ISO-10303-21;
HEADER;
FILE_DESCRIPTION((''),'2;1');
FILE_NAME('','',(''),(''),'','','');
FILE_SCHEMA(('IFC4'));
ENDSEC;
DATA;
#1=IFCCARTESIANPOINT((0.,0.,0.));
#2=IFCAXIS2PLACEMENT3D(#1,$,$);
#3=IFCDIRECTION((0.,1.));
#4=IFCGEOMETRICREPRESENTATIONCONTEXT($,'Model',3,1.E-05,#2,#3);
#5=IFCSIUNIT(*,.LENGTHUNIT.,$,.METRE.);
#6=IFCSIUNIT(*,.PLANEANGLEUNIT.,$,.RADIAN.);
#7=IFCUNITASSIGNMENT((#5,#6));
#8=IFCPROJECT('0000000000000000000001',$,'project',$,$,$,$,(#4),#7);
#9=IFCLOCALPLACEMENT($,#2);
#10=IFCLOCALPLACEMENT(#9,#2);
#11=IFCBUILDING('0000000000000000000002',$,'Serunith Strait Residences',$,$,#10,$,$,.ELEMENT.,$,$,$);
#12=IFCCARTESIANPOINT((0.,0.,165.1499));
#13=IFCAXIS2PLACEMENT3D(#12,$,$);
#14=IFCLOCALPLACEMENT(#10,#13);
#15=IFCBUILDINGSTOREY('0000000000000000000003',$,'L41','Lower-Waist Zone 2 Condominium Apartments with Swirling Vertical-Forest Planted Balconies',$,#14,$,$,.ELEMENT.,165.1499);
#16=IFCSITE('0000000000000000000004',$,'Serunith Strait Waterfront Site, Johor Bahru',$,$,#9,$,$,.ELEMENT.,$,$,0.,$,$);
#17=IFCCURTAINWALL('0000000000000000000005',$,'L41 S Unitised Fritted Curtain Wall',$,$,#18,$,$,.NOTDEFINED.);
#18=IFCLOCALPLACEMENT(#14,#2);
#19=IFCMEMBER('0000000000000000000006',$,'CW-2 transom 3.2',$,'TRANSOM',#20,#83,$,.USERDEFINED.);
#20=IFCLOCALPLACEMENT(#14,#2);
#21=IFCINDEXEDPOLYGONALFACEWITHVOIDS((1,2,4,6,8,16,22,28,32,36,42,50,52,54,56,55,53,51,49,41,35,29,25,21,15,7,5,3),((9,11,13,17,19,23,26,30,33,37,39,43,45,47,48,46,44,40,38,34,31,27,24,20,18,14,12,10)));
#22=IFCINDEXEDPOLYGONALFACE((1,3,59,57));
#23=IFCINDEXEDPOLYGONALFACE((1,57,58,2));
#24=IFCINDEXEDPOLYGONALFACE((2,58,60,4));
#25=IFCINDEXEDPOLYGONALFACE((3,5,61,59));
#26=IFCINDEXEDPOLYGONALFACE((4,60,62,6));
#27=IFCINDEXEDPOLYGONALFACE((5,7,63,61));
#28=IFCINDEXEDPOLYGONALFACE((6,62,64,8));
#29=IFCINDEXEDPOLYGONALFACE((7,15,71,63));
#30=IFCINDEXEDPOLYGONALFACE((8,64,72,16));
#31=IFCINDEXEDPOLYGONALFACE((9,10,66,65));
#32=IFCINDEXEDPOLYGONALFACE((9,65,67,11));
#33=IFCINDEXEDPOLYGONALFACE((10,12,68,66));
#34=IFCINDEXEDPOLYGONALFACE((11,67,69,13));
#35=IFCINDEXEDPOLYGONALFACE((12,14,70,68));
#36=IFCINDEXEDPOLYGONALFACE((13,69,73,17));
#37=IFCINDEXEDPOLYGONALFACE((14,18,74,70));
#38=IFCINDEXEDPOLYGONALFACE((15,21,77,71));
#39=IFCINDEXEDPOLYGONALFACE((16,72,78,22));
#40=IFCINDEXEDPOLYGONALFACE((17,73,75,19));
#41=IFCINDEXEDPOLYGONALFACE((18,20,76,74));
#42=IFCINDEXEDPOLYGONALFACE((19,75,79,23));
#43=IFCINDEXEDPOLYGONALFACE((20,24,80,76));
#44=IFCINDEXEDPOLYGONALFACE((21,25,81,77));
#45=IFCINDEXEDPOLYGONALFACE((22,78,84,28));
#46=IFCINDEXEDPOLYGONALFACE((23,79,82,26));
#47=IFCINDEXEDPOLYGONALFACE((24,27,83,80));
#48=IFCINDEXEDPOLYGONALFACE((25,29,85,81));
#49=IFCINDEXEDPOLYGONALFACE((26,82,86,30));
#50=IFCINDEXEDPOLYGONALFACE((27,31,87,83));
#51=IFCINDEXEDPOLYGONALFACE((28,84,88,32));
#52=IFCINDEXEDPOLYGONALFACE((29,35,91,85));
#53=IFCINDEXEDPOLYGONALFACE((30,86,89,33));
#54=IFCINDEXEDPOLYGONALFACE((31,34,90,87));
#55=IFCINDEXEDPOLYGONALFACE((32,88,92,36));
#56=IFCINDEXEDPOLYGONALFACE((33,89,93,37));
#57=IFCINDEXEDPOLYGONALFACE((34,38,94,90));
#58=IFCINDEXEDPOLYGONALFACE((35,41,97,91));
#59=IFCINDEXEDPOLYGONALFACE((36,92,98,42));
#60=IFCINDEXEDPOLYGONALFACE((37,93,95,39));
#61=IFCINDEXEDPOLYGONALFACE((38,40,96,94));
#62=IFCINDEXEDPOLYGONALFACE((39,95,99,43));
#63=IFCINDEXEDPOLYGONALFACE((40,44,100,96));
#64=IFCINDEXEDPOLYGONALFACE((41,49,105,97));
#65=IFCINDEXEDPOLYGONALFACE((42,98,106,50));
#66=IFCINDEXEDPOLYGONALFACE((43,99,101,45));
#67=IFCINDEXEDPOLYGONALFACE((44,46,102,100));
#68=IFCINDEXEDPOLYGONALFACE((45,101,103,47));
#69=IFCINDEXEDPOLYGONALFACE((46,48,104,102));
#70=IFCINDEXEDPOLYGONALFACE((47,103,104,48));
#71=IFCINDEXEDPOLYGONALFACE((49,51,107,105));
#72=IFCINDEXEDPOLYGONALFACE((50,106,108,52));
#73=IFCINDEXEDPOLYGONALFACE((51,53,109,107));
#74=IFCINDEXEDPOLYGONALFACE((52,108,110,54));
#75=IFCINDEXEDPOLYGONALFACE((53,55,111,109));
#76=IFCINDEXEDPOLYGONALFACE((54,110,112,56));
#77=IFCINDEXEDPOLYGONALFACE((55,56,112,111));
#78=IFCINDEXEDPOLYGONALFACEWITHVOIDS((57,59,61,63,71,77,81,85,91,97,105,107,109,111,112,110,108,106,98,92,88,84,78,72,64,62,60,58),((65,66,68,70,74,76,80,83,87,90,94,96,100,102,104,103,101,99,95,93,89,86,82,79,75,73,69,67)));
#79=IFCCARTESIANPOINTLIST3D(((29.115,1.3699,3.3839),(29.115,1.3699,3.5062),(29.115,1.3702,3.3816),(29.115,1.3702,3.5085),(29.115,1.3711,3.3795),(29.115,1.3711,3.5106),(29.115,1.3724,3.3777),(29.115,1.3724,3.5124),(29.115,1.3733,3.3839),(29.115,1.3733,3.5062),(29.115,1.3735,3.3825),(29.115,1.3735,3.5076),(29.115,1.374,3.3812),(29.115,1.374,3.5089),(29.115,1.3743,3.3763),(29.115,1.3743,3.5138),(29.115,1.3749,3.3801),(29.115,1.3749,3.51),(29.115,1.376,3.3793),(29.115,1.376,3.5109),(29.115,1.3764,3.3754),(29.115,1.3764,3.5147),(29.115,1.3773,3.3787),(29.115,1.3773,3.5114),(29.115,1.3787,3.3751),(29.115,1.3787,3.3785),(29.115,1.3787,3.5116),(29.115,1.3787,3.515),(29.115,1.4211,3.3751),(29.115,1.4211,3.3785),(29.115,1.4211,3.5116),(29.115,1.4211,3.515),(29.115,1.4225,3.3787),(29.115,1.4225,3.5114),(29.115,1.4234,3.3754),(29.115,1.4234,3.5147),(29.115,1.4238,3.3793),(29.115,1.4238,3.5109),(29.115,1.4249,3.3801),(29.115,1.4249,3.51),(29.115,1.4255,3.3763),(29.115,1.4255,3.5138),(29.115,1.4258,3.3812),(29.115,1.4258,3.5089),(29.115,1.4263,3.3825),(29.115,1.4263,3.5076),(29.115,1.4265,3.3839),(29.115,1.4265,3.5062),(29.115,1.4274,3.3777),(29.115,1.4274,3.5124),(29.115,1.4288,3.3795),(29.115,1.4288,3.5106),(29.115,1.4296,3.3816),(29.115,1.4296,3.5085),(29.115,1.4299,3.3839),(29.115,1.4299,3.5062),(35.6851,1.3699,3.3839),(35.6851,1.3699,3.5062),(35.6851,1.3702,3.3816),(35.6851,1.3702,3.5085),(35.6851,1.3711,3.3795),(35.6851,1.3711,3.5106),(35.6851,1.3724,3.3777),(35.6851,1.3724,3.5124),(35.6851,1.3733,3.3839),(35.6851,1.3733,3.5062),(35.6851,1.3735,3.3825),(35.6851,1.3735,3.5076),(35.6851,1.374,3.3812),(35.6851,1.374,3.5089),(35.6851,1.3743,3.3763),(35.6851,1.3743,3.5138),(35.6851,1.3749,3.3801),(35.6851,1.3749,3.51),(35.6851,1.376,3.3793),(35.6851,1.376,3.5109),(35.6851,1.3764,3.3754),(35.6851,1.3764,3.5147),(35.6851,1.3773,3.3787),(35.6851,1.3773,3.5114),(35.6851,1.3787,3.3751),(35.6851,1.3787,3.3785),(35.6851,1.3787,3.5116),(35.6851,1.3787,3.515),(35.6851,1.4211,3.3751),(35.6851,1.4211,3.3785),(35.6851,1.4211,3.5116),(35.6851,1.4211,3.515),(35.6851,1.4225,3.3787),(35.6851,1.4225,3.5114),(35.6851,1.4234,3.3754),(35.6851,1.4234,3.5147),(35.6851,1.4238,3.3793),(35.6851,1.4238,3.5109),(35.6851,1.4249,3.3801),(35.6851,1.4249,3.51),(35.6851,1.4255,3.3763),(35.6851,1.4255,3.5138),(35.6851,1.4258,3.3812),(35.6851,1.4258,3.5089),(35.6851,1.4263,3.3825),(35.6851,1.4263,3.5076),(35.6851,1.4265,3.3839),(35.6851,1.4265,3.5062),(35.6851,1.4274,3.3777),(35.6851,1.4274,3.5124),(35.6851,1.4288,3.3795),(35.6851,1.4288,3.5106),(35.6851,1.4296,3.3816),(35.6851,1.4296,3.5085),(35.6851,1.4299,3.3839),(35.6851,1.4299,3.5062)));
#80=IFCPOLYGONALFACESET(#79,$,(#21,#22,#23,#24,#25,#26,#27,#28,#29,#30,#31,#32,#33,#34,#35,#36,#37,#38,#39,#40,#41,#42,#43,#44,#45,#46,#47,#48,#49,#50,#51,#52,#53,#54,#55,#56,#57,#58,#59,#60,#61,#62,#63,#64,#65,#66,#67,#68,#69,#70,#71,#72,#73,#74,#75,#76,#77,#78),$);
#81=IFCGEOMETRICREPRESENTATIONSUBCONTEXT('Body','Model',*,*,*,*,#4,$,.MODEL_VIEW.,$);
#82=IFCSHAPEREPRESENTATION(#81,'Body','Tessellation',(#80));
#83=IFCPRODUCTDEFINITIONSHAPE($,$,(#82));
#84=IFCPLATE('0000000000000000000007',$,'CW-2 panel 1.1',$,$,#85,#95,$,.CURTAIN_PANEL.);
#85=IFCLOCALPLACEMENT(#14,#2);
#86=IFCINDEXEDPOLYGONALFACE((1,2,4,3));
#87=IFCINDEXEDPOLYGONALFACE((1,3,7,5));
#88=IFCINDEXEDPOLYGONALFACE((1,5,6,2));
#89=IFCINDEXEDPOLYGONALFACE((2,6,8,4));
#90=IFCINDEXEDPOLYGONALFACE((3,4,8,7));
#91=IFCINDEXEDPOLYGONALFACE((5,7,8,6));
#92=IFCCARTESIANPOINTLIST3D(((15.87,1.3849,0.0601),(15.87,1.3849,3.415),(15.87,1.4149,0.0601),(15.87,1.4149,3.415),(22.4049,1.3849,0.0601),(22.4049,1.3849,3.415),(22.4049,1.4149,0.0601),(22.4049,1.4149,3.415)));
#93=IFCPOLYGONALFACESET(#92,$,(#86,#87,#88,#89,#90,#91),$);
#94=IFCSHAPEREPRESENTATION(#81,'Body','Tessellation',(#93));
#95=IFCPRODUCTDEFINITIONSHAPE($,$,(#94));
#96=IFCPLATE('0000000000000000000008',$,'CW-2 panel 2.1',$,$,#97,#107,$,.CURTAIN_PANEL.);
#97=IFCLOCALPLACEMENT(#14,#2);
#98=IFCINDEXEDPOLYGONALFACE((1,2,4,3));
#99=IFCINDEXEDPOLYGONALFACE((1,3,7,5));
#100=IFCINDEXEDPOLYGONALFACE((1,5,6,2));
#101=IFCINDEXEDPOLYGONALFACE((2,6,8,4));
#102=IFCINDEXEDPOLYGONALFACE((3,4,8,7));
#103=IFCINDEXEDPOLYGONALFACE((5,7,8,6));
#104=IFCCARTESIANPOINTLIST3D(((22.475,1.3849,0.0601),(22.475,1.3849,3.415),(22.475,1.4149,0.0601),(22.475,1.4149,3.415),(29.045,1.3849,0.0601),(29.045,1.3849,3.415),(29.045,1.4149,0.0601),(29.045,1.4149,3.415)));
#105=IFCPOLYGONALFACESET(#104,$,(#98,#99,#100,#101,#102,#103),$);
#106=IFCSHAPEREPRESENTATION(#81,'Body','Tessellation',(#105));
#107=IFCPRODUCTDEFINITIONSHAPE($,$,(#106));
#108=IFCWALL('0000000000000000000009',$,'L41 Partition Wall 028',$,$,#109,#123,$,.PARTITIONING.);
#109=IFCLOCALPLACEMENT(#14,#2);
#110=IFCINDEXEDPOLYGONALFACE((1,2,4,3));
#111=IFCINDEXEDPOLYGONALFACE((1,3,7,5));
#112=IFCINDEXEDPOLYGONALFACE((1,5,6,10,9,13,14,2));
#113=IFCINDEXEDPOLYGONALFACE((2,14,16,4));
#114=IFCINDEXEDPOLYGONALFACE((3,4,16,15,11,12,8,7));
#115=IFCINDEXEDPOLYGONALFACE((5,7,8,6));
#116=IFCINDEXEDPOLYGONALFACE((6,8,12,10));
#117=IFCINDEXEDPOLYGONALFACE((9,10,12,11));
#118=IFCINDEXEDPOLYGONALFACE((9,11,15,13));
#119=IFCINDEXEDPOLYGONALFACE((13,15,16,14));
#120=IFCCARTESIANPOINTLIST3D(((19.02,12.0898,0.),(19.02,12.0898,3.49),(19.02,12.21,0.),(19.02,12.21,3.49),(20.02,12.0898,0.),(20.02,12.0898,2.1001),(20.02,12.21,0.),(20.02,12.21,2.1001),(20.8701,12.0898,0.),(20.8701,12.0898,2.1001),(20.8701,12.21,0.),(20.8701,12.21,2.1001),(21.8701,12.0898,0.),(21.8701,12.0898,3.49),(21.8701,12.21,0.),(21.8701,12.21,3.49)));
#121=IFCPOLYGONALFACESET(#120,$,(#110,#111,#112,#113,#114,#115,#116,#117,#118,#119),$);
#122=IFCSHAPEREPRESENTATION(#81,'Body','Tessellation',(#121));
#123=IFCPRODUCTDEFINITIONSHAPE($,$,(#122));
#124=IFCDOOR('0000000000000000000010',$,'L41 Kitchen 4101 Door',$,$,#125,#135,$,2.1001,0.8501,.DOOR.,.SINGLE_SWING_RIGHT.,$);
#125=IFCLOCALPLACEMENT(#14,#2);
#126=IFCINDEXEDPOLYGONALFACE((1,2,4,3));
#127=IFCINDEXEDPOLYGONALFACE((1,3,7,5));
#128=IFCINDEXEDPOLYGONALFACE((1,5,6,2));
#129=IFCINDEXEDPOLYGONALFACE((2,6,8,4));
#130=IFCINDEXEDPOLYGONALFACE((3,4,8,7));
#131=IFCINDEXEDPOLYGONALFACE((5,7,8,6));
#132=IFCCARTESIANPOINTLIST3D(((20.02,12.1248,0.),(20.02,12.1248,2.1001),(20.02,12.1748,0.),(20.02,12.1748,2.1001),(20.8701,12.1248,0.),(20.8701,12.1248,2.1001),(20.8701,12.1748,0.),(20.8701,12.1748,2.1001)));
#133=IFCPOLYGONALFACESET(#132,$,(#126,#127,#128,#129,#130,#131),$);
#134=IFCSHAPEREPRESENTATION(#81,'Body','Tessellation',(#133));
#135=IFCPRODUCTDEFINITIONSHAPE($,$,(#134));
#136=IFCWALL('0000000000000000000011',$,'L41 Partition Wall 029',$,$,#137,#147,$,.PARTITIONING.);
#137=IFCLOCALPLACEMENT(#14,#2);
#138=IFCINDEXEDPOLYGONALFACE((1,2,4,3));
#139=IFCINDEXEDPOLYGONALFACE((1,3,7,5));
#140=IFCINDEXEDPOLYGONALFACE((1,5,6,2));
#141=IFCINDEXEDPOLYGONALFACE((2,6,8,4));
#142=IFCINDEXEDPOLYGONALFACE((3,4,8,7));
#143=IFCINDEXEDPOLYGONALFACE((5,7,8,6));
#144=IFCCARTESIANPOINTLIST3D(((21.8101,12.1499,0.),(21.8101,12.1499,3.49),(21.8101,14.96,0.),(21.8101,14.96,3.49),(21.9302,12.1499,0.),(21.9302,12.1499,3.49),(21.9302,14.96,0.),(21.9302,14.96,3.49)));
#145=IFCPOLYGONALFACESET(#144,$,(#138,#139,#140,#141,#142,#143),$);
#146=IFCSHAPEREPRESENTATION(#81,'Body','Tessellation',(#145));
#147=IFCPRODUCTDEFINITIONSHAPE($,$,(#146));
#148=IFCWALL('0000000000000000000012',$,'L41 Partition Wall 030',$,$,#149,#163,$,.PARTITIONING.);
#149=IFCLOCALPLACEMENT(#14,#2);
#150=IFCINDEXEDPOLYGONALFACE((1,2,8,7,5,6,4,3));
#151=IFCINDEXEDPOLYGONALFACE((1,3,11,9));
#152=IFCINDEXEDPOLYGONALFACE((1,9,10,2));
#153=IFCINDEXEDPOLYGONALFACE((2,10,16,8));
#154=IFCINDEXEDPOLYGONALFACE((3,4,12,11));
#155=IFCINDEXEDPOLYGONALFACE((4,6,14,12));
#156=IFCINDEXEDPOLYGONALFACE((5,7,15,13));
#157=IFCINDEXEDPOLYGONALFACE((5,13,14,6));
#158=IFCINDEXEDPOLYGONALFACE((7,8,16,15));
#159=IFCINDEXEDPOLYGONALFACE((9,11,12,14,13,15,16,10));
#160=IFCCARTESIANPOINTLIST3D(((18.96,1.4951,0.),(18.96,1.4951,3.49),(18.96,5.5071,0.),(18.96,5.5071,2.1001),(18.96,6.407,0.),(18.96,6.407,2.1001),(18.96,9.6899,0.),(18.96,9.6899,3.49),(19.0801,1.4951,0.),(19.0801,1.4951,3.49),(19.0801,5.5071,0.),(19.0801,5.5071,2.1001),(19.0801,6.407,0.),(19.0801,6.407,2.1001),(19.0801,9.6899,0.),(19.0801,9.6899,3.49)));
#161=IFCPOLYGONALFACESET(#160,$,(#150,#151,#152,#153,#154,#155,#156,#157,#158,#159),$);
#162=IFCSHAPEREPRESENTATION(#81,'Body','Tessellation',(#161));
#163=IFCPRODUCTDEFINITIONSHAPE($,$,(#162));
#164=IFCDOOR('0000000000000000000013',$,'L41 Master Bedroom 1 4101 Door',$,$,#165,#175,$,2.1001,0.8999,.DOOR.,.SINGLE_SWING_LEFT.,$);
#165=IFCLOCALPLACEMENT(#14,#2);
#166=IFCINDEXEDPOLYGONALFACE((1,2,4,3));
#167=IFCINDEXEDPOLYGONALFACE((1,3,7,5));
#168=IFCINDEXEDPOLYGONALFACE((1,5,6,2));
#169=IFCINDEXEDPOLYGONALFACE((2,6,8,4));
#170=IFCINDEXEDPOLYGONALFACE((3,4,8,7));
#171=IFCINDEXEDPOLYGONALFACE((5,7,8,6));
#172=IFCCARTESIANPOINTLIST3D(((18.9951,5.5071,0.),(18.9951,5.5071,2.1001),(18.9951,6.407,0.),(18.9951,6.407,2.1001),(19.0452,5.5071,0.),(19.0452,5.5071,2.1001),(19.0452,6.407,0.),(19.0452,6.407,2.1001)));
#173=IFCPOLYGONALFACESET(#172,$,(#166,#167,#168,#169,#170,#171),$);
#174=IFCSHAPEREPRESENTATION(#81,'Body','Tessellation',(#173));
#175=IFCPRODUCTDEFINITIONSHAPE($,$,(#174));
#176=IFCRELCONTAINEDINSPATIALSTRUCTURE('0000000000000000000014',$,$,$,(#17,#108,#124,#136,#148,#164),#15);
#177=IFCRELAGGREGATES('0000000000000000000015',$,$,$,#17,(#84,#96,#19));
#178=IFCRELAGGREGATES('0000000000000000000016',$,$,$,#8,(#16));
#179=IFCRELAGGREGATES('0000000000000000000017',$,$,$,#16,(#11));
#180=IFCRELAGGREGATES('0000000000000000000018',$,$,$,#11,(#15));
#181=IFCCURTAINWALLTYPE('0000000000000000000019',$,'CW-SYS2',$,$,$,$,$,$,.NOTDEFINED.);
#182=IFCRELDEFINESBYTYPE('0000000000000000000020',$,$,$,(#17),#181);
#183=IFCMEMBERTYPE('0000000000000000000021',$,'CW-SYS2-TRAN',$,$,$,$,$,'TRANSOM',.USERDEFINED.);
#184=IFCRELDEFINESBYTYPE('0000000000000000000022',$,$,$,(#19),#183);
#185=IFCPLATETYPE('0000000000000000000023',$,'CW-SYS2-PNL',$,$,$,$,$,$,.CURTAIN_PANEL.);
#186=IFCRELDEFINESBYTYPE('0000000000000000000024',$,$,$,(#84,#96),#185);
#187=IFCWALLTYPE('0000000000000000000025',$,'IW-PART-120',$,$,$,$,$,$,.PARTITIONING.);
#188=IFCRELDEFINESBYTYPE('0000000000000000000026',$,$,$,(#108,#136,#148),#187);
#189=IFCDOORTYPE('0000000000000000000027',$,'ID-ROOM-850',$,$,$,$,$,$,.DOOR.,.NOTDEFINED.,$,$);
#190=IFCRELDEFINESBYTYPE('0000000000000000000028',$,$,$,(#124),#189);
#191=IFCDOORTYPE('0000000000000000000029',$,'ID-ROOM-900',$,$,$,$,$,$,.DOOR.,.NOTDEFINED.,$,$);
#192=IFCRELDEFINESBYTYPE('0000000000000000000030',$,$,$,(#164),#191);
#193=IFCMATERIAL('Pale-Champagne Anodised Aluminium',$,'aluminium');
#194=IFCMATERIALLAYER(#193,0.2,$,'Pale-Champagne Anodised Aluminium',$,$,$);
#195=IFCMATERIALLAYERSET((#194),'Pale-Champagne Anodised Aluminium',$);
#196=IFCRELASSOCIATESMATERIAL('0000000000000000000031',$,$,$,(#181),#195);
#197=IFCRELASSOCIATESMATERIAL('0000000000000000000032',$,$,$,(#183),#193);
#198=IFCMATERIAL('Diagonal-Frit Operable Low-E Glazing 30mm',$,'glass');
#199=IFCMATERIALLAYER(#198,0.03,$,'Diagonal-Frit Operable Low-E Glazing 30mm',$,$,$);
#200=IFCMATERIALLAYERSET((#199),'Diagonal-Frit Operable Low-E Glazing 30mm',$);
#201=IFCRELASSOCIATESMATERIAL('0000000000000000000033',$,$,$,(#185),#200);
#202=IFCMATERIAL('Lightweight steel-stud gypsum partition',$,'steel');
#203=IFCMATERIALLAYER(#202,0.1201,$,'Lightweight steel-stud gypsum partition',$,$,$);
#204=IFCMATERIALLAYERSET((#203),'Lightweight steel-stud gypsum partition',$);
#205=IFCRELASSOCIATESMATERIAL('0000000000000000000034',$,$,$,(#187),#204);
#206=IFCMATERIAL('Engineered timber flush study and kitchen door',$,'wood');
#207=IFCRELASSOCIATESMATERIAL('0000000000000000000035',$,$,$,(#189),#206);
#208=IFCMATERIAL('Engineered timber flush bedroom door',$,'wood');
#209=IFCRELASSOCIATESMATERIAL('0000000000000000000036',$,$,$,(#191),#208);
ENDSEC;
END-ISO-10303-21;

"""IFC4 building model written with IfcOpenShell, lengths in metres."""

from ifc_helpers import new_model, si_unit, direction, frame, frame_2d, origin, origin_2d, place, context, subcontext, project, spatial, rectangle, hollow_rectangle, extrude, source, transform, mapped, material, layer, layer_set, material_profile, profile_set, type_object, element, fill, aggregate, save


model = new_model("IFC4")

# Units and contexts
model_context = context("Model", 3, precision=1e-05, world=origin(), true_north=direction((0.0, 1.0)))
body_context = subcontext(model_context, "Body", "Model", "MODEL_VIEW")
ifc_project = project(units=[si_unit("LENGTHUNIT", "METRE"), si_unit("PLANEANGLEUNIT", "RADIAN")], contexts=[model_context])

# Site, building, storey
site_placement = place(None, origin())
site = spatial("IfcSite", under=ifc_project, at=site_placement, Name="Serunith Strait Waterfront Site, Johor Bahru", CompositionType="ELEMENT", RefElevation=0.0)
building_placement = place(site_placement, origin())
building = spatial("IfcBuilding", under=site, at=building_placement, Name="Serunith Strait Residences", CompositionType="ELEMENT")
storey_placement = place(building_placement, frame((0.0, 0.0, 165.1499)))
storey = spatial("IfcBuildingStorey", under=building, at=storey_placement, Name="L41", Description="Lower-Waist Zone 2 Condominium Apartments with Swirling Vertical-Forest Planted Balconies", CompositionType="ELEMENT", Elevation=165.1499)

# Curtain wall, member, plates
ifc_material_1 = material(Name="Pale-Champagne Anodised Aluminium", Category="aluminium")
ifc_layer_1 = layer(ifc_material_1, 0.2, Name="Pale-Champagne Anodised Aluminium")
ifc_layer_set_1 = layer_set([ifc_layer_1], Name="Pale-Champagne Anodised Aluminium")
curtain_wall_type = type_object("IfcCurtainWallType", Name="CW-SYS2", PredefinedType="NOTDEFINED", material=ifc_layer_set_1)
curtain_wall_placement = place(storey_placement, origin())
curtain_wall = element("IfcCurtainWall", 1, at=curtain_wall_placement, inside=storey, type_object=curtain_wall_type, Name="L41 S Unitised Fritted Curtain Wall", PredefinedType="NOTDEFINED")
ifc_material_profile_1 = material_profile(ifc_material_1, hollow_rectangle(XDim=0.0601, YDim=0.1399, WallThickness=0.0034, InnerFilletRadius=0.0054, OuterFilletRadius=0.0088, at=origin_2d()), Name="ALU 140x60x3.5")
ifc_profile_set_1 = profile_set([ifc_material_profile_1], Name="Pale-Champagne Anodised Aluminium")
member_type_1 = type_object("IfcMemberType", Name="CW-SYS2-TRAN", ElementType="TRANSOM", PredefinedType="USERDEFINED", material=ifc_profile_set_1)
shared_shape_1 = source(origin(), body_context, "Body", "SweptSolid", [
    extrude(hollow_rectangle(XDim=0.0601, YDim=0.1399, WallThickness=0.0034, InnerFilletRadius=0.0054, OuterFilletRadius=0.0088, at=origin_2d()), origin(), (0.0, 0.0, 1.0), 6.5701),
])
member_1_placement = place(storey_placement, frame((29.115, 1.3999, 3.4451), z_axis=(1.0, 0.0, 0.0), x_axis=(0.0, 1.0, 0.0)))
member_1 = element("IfcMember", 2, at=member_1_placement, type_object=member_type_1, Name="CW-2 transom 3.2", ObjectType="TRANSOM", PredefinedType="USERDEFINED", context=body_context, shape_type="MappedRepresentation", body=[
    mapped(shared_shape_1, transform((0.0, 0.0, 0.0), scale=1.0)),
])
ifc_material_2 = material(Name="Diagonal-Frit Operable Low-E Glazing 30mm", Category="glass")
ifc_layer_2 = layer(ifc_material_2, 0.03, Name="Diagonal-Frit Operable Low-E Glazing 30mm")
ifc_layer_set_2 = layer_set([ifc_layer_2], Name="Diagonal-Frit Operable Low-E Glazing 30mm")
plate_type = type_object("IfcPlateType", Name="CW-SYS2-PNL", PredefinedType="CURTAIN_PANEL", material=ifc_layer_set_2)
shared_shape_2 = source(origin(), body_context, "Body", "SweptSolid", [
    extrude(rectangle(XDim=6.5349, YDim=0.03, at=origin_2d()), origin(), (0.0, 0.0, 1.0), 3.355),
])
plate_1_placement = place(storey_placement, frame((19.1375, 1.3999, 0.0601), z_axis=(0.0, 0.0, 1.0), x_axis=(1.0, 0.0, 0.0)))
plate_1 = element("IfcPlate", 3, at=plate_1_placement, type_object=plate_type, Name="CW-2 panel 1.1", PredefinedType="CURTAIN_PANEL", context=body_context, shape_type="MappedRepresentation", body=[
    mapped(shared_shape_2, transform((0.0, 0.0, 0.0), scale=1.0)),
])
shared_shape_3 = source(origin(), body_context, "Body", "SweptSolid", [
    extrude(rectangle(XDim=6.5701, YDim=0.03, at=origin_2d()), origin(), (0.0, 0.0, 1.0), 3.355),
])
plate_2_placement = place(storey_placement, frame((25.76, 1.3999, 0.0601), z_axis=(0.0, 0.0, 1.0), x_axis=(1.0, 0.0, 0.0)))
plate_2 = element("IfcPlate", 4, at=plate_2_placement, type_object=plate_type, Name="CW-2 panel 2.1", PredefinedType="CURTAIN_PANEL", context=body_context, shape_type="MappedRepresentation", body=[
    mapped(shared_shape_3, transform((0.0, 0.0, 0.0), scale=1.0)),
])
aggregate(curtain_wall, [plate_1, plate_2, member_1])

# Wall, opening, door
ifc_material_3 = material(Name="Lightweight steel-stud gypsum partition", Category="steel")
ifc_layer_3 = layer(ifc_material_3, 0.1201, Name="Lightweight steel-stud gypsum partition")
ifc_layer_set_3 = layer_set([ifc_layer_3], Name="Lightweight steel-stud gypsum partition")
wall_type_1 = type_object("IfcWallType", Name="IW-PART-120", PredefinedType="PARTITIONING", material=ifc_layer_set_3)
wall_1_placement = place(storey_placement, frame((19.02, 12.1499, 0.0), z_axis=(0.0, 0.0, 1.0), x_axis=(1.0, 0.0, 0.0)))
wall_1 = element("IfcWall", 5, at=wall_1_placement, inside=storey, type_object=wall_type_1, Name="L41 Partition Wall 028", PredefinedType="PARTITIONING", context=body_context, shape_type="SweptSolid", body=[
    extrude(rectangle(XDim=2.8501, YDim=0.1201, at=frame_2d((1.425, 0.0))), origin(), (0.0, 0.0, 1.0), 3.49),
])
opening_1_placement = place(wall_1_placement, frame((1.0, 0.0, 0.0)))
opening_1 = element("IfcOpeningElement", 6, at=opening_1_placement, cuts=wall_1, PredefinedType="OPENING", context=body_context, shape_type="SweptSolid", body=[
    extrude(rectangle(XDim=0.8501, YDim=2.1001, at=frame_2d((0.425, 1.05))), frame((0.0, 0.0701, 0.0), z_axis=(0.0, -1.0, 0.0), x_axis=(1.0, 0.0, 0.0)), (0.0, 0.0, 1.0), 0.1401),
])
ifc_material_4 = material(Name="Engineered timber flush study and kitchen door", Category="wood")
door_type_1 = type_object("IfcDoorType", Name="ID-ROOM-850", OperationType="NOTDEFINED", PredefinedType="DOOR", material=ifc_material_4)
shared_shape_4 = source(origin(), body_context, "Body", "SweptSolid", [
    extrude(rectangle(XDim=0.8501, YDim=2.1001, at=frame_2d((0.425, 1.05))), frame((0.0, 0.0249, 0.0), z_axis=(0.0, -1.0, 0.0), x_axis=(1.0, 0.0, 0.0)), (0.0, 0.0, 1.0), 0.05),
])
door_1_placement = place(opening_1_placement, origin())
door_1 = element("IfcDoor", 7, at=door_1_placement, inside=storey, type_object=door_type_1, Name="L41 Kitchen 4101 Door", OperationType="SINGLE_SWING_RIGHT", OverallHeight=2.1001, OverallWidth=0.8501, PredefinedType="DOOR", context=body_context, shape_type="MappedRepresentation", body=[
    mapped(shared_shape_4, transform((0.0, 0.0, 0.0), scale=1.0)),
])
fill(opening_1, door_1)

# Wall
wall_2_placement = place(storey_placement, frame((21.8701, 12.1499, 0.0), z_axis=(0.0, 0.0, 1.0), x_axis=(0.0, 1.0, 0.0)))
element("IfcWall", 8, at=wall_2_placement, inside=storey, type_object=wall_type_1, Name="L41 Partition Wall 029", PredefinedType="PARTITIONING", context=body_context, shape_type="SweptSolid", body=[
    extrude(rectangle(XDim=2.8101, YDim=0.1201, at=frame_2d((1.405, 0.0))), origin(), (0.0, 0.0, 1.0), 3.49),
])

# Wall, opening, door
wall_3_placement = place(storey_placement, frame((19.02, 1.4951, 0.0), z_axis=(0.0, 0.0, 1.0), x_axis=(0.0, 1.0, 0.0)))
wall_3 = element("IfcWall", 9, at=wall_3_placement, inside=storey, type_object=wall_type_1, Name="L41 Partition Wall 030", PredefinedType="PARTITIONING", context=body_context, shape_type="SweptSolid", body=[
    extrude(rectangle(XDim=8.1948, YDim=0.1201, at=frame_2d((4.0974, 0.0))), origin(), (0.0, 0.0, 1.0), 3.49),
])
opening_2_placement = place(wall_3_placement, frame((4.012, 0.0, 0.0)))
opening_2 = element("IfcOpeningElement", 10, at=opening_2_placement, cuts=wall_3, PredefinedType="OPENING", context=body_context, shape_type="SweptSolid", body=[
    extrude(rectangle(XDim=0.8999, YDim=2.1001, at=frame_2d((0.45, 1.05))), frame((0.0, 0.0701, 0.0), z_axis=(0.0, -1.0, 0.0), x_axis=(1.0, 0.0, 0.0)), (0.0, 0.0, 1.0), 0.1401),
])
ifc_material_5 = material(Name="Engineered timber flush bedroom door", Category="wood")
door_type_2 = type_object("IfcDoorType", Name="ID-ROOM-900", OperationType="NOTDEFINED", PredefinedType="DOOR", material=ifc_material_5)
shared_shape_5 = source(origin(), body_context, "Body", "SweptSolid", [
    extrude(rectangle(XDim=0.8999, YDim=2.1001, at=frame_2d((0.45, 1.05))), frame((0.0, 0.0249, 0.0), z_axis=(0.0, -1.0, 0.0), x_axis=(1.0, 0.0, 0.0)), (0.0, 0.0, 1.0), 0.05),
])
door_2_placement = place(opening_2_placement, origin())
door_2 = element("IfcDoor", 11, at=door_2_placement, inside=storey, type_object=door_type_2, Name="L41 Master Bedroom 1 4101 Door", OperationType="SINGLE_SWING_LEFT", OverallHeight=2.1001, OverallWidth=0.8999, PredefinedType="DOOR", context=body_context, shape_type="MappedRepresentation", body=[
    mapped(shared_shape_5, transform((0.0, 0.0, 0.0), scale=1.0)),
])
fill(opening_2, door_2)

save(model, "model.ifc")
